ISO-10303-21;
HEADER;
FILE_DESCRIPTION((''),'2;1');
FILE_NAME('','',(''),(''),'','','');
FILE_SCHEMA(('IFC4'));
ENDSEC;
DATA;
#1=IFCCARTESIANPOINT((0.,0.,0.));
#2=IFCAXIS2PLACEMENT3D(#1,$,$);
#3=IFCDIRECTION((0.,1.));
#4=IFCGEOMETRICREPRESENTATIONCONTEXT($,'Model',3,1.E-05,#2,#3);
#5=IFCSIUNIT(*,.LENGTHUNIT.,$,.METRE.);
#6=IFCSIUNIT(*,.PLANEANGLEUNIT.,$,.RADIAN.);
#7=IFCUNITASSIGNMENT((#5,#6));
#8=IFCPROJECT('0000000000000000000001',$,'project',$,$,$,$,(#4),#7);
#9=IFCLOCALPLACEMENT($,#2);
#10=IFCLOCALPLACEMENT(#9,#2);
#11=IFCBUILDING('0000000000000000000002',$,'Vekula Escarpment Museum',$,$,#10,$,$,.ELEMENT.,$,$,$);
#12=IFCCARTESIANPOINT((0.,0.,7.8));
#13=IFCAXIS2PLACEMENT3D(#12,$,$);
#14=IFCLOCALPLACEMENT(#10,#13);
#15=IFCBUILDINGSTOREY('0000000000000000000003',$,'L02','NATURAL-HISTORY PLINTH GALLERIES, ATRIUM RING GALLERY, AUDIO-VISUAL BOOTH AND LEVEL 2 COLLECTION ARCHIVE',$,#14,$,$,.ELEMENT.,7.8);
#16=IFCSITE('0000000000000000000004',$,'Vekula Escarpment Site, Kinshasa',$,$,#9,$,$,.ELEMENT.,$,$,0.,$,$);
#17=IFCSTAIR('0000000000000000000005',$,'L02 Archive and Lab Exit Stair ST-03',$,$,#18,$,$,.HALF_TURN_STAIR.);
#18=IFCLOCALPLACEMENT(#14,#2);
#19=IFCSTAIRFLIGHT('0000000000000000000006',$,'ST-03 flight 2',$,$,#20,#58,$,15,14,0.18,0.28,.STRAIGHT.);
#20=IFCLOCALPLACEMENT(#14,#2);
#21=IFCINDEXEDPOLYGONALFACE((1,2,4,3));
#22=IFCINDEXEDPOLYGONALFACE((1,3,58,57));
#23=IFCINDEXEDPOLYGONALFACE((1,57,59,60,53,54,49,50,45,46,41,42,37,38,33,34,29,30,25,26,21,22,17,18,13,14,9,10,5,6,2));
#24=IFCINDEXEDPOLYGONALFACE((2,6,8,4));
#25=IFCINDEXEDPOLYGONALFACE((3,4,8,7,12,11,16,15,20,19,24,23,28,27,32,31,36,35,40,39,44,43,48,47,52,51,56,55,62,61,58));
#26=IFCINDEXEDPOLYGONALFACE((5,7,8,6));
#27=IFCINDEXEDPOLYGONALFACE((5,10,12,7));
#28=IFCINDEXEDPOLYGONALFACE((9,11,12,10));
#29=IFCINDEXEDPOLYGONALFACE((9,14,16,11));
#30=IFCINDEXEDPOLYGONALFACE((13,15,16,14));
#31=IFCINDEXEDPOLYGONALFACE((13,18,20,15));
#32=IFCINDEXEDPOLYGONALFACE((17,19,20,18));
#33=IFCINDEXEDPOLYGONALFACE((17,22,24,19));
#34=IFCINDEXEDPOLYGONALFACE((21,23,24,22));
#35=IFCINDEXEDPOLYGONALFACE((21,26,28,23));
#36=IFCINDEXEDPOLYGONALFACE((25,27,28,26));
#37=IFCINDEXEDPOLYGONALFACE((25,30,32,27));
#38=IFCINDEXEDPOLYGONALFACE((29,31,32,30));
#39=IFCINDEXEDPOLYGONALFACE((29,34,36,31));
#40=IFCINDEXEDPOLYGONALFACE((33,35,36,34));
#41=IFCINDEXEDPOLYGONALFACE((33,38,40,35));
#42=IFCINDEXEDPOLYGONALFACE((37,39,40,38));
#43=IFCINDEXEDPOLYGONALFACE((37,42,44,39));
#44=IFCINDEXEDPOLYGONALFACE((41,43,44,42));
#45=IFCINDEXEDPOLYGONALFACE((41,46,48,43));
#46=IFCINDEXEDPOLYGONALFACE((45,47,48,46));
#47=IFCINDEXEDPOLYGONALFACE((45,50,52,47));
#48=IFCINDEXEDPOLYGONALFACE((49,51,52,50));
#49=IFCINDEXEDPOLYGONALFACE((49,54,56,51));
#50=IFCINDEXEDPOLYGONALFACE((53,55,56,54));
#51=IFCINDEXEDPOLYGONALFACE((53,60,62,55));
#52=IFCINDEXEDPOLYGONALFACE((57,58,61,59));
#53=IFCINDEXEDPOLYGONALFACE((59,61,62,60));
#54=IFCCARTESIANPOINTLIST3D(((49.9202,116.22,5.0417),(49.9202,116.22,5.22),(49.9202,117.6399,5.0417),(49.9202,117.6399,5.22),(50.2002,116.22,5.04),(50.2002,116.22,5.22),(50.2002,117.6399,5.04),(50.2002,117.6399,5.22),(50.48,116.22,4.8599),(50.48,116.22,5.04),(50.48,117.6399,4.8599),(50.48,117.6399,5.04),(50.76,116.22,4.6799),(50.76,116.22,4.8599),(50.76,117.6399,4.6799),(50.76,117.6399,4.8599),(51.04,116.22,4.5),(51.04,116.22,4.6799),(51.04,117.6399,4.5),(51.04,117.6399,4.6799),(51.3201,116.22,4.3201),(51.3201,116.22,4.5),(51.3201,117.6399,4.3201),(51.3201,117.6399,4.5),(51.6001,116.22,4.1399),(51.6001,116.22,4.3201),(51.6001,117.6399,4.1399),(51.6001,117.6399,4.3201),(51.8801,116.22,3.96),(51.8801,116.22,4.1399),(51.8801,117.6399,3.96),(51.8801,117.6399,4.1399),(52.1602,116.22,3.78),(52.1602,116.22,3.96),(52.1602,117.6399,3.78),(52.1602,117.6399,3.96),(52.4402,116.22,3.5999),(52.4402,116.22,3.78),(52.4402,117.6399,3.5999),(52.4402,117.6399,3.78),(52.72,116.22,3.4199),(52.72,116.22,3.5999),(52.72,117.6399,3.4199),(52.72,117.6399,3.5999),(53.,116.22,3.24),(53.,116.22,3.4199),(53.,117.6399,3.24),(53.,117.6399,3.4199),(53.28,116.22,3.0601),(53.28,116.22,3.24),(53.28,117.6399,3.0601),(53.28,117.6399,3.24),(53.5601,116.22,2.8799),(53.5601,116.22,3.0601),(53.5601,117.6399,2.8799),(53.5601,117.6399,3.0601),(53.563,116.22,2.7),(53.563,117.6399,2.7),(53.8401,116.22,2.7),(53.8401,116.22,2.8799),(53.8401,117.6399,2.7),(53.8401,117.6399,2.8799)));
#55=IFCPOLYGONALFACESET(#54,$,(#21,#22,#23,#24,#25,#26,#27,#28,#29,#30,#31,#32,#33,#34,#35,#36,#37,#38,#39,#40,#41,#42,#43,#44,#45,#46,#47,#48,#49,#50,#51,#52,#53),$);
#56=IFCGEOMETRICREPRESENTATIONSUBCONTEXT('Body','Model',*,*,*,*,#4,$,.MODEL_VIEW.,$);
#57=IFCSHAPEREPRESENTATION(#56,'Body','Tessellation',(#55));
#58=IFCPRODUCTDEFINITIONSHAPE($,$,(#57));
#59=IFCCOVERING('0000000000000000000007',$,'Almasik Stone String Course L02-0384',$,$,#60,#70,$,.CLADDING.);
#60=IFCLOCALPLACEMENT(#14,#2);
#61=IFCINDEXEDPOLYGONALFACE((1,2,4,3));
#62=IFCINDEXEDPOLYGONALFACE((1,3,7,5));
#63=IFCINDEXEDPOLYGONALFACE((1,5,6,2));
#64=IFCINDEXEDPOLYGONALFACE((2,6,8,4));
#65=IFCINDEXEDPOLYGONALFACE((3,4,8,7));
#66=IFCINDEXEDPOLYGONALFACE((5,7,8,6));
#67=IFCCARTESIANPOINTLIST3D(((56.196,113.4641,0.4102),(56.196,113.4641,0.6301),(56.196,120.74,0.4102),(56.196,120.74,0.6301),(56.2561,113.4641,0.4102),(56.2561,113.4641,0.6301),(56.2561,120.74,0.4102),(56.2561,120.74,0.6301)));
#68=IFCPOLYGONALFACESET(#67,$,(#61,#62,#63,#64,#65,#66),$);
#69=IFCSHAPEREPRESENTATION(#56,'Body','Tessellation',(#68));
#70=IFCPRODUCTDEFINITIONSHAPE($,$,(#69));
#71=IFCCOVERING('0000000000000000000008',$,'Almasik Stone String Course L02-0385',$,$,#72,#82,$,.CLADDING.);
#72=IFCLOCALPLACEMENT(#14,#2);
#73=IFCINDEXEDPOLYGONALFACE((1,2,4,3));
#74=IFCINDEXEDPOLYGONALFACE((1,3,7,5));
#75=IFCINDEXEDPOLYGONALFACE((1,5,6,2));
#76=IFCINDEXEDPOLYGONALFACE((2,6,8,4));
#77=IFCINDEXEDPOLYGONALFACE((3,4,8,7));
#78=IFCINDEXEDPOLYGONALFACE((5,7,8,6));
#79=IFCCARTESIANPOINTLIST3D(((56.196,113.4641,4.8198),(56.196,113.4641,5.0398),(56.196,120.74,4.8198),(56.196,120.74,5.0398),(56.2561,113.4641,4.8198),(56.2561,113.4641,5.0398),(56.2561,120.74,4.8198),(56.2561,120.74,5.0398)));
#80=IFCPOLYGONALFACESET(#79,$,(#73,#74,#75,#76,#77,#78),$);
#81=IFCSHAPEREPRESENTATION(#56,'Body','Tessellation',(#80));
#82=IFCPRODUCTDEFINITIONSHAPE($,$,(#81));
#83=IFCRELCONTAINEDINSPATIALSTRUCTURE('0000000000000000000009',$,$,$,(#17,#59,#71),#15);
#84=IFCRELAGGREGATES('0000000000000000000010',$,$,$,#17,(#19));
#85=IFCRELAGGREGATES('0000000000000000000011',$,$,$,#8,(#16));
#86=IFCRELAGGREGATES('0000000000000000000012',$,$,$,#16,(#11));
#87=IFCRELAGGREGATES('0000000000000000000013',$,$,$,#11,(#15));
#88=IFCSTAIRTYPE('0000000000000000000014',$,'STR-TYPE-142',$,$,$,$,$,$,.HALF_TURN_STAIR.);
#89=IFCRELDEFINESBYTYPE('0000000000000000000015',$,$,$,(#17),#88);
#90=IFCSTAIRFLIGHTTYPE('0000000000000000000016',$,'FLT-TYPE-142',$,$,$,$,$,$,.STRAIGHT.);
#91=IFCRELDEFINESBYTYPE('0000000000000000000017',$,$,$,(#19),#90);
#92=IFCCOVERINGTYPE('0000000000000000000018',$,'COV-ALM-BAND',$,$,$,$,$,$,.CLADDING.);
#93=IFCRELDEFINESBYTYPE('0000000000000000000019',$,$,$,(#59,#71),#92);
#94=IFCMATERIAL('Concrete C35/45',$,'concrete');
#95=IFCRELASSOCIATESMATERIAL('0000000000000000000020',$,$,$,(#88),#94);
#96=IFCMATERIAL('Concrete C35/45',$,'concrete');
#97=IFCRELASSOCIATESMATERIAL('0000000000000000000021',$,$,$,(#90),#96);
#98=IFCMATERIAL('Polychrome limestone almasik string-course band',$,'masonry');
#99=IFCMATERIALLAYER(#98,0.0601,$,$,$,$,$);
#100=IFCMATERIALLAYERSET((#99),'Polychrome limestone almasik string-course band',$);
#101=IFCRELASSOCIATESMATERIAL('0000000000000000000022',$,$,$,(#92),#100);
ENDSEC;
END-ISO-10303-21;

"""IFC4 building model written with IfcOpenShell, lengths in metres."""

from ifc_helpers import new_model, si_unit, direction, frame, origin, origin_2d, place, context, subcontext, project, spatial, polyline, rectangle, outline, extrude, material, layer, layer_set, type_object, element, aggregate, save


model = new_model("IFC4")

# Units and contexts
model_context = context("Model", 3, precision=1e-05, world=origin(), true_north=direction((0.0, 1.0)))
body_context = subcontext(model_context, "Body", "Model", "MODEL_VIEW")
ifc_project = project(units=[si_unit("LENGTHUNIT", "METRE"), si_unit("PLANEANGLEUNIT", "RADIAN")], contexts=[model_context])

# Site, building, storey
site_placement = place(None, origin())
site = spatial("IfcSite", under=ifc_project, at=site_placement, Name="Vekula Escarpment Site, Kinshasa", CompositionType="ELEMENT", RefElevation=0.0)
building_placement = place(site_placement, origin())
building = spatial("IfcBuilding", under=site, at=building_placement, Name="Vekula Escarpment Museum", CompositionType="ELEMENT")
storey_placement = place(building_placement, frame((0.0, 0.0, 7.8)))
storey = spatial("IfcBuildingStorey", under=building, at=storey_placement, Name="L02", Description="NATURAL-HISTORY PLINTH GALLERIES, ATRIUM RING GALLERY, AUDIO-VISUAL BOOTH AND LEVEL 2 COLLECTION ARCHIVE", CompositionType="ELEMENT", Elevation=7.8)

# Stair, stair flight
ifc_material_1 = material(Name="Concrete C35/45", Category="concrete")
stair_type = type_object("IfcStairType", Name="STR-TYPE-142", PredefinedType="HALF_TURN_STAIR", material=ifc_material_1)
stair_placement = place(storey_placement, origin())
stair = element("IfcStair", 1, at=stair_placement, inside=storey, type_object=stair_type, Name="L02 Archive and Lab Exit Stair ST-03", PredefinedType="HALF_TURN_STAIR")
ifc_material_2 = material(Name="Concrete C35/45", Category="concrete")
stair_flight_type = type_object("IfcStairFlightType", Name="FLT-TYPE-142", PredefinedType="STRAIGHT", material=ifc_material_2)
stair_flight_1_placement = place(storey_placement, frame((53.8401, 116.9299, 2.7), z_axis=(0.0, 0.0, 1.0), x_axis=(-1.0, 0.0, 0.0)))
stair_flight_1 = element("IfcStairFlight", 2, at=stair_flight_1_placement, type_object=stair_flight_type, Name="ST-03 flight 2", NumberOfRisers=15, NumberOfTreads=14, PredefinedType="STRAIGHT", RiserHeight=0.18, TreadLength=0.28, context=body_context, shape_type="SweptSolid", body=[
    extrude(outline(polyline([(0.0, 0.0), (0.0, 0.1799), (0.28, 0.1799), (0.28, 0.3601), (0.5601, 0.3601), (0.5601, 0.54), (0.8401, 0.54), (0.8401, 0.72), (1.1201, 0.72), (1.1201, 0.8999), (1.3999, 0.8999), (1.3999, 1.0801), (1.6799, 1.0801), (1.6799, 1.26), (1.96, 1.26), (1.96, 1.4399), (2.24, 1.4399), (2.24, 1.6201), (2.52, 1.6201), (2.52, 1.8), (2.8, 1.8), (2.8, 1.98), (3.0801, 1.98), (3.0801, 2.1599), (3.3601, 2.1599), (3.3601, 2.3401), (3.6399, 2.3401), (3.6399, 2.52), (3.9199, 2.52), (3.9199, 2.7), (3.9199, 2.3418), (0.2771, 0.0), (0.0, 0.0)])), frame((0.0, 0.71, 0.0), z_axis=(0.0, -1.0, 0.0), x_axis=(1.0, 0.0, 0.0)), (0.0, 0.0, 1.0), 1.4199),
])
aggregate(stair, [stair_flight_1])

# Coverings
ifc_material_3 = material(Name="Polychrome limestone almasik string-course band", Category="masonry")
ifc_layer_1 = layer(ifc_material_3, 0.0601)
ifc_layer_set_1 = layer_set([ifc_layer_1], Name="Polychrome limestone almasik string-course band")
covering_type = type_object("IfcCoveringType", Name="COV-ALM-BAND", PredefinedType="CLADDING", material=ifc_layer_set_1)
for number, where, z_axis, x_axis, name in (
    (3, (56.2261, 117.1021, 0.4102), (0.0, 0.0, 1.0), (0.0, 1.0, 0.0), "Almasik Stone String Course L02-0384"),
    (4, (56.2261, 117.1021, 4.8198), (0.0, 0.0, 1.0), (0.0, 1.0, 0.0), "Almasik Stone String Course L02-0385"),
):
    element("IfcCovering", number, at=place(storey_placement, frame(where, z_axis=z_axis, x_axis=x_axis)), inside=storey, type_object=covering_type, Name=name, PredefinedType="CLADDING", context=body_context, shape_type="SweptSolid", body=[
        extrude(rectangle(XDim=7.2759, YDim=0.0601, at=origin_2d()), origin(), (0.0, 0.0, 1.0), 0.22),
    ])

save(model, "model.ifc")
